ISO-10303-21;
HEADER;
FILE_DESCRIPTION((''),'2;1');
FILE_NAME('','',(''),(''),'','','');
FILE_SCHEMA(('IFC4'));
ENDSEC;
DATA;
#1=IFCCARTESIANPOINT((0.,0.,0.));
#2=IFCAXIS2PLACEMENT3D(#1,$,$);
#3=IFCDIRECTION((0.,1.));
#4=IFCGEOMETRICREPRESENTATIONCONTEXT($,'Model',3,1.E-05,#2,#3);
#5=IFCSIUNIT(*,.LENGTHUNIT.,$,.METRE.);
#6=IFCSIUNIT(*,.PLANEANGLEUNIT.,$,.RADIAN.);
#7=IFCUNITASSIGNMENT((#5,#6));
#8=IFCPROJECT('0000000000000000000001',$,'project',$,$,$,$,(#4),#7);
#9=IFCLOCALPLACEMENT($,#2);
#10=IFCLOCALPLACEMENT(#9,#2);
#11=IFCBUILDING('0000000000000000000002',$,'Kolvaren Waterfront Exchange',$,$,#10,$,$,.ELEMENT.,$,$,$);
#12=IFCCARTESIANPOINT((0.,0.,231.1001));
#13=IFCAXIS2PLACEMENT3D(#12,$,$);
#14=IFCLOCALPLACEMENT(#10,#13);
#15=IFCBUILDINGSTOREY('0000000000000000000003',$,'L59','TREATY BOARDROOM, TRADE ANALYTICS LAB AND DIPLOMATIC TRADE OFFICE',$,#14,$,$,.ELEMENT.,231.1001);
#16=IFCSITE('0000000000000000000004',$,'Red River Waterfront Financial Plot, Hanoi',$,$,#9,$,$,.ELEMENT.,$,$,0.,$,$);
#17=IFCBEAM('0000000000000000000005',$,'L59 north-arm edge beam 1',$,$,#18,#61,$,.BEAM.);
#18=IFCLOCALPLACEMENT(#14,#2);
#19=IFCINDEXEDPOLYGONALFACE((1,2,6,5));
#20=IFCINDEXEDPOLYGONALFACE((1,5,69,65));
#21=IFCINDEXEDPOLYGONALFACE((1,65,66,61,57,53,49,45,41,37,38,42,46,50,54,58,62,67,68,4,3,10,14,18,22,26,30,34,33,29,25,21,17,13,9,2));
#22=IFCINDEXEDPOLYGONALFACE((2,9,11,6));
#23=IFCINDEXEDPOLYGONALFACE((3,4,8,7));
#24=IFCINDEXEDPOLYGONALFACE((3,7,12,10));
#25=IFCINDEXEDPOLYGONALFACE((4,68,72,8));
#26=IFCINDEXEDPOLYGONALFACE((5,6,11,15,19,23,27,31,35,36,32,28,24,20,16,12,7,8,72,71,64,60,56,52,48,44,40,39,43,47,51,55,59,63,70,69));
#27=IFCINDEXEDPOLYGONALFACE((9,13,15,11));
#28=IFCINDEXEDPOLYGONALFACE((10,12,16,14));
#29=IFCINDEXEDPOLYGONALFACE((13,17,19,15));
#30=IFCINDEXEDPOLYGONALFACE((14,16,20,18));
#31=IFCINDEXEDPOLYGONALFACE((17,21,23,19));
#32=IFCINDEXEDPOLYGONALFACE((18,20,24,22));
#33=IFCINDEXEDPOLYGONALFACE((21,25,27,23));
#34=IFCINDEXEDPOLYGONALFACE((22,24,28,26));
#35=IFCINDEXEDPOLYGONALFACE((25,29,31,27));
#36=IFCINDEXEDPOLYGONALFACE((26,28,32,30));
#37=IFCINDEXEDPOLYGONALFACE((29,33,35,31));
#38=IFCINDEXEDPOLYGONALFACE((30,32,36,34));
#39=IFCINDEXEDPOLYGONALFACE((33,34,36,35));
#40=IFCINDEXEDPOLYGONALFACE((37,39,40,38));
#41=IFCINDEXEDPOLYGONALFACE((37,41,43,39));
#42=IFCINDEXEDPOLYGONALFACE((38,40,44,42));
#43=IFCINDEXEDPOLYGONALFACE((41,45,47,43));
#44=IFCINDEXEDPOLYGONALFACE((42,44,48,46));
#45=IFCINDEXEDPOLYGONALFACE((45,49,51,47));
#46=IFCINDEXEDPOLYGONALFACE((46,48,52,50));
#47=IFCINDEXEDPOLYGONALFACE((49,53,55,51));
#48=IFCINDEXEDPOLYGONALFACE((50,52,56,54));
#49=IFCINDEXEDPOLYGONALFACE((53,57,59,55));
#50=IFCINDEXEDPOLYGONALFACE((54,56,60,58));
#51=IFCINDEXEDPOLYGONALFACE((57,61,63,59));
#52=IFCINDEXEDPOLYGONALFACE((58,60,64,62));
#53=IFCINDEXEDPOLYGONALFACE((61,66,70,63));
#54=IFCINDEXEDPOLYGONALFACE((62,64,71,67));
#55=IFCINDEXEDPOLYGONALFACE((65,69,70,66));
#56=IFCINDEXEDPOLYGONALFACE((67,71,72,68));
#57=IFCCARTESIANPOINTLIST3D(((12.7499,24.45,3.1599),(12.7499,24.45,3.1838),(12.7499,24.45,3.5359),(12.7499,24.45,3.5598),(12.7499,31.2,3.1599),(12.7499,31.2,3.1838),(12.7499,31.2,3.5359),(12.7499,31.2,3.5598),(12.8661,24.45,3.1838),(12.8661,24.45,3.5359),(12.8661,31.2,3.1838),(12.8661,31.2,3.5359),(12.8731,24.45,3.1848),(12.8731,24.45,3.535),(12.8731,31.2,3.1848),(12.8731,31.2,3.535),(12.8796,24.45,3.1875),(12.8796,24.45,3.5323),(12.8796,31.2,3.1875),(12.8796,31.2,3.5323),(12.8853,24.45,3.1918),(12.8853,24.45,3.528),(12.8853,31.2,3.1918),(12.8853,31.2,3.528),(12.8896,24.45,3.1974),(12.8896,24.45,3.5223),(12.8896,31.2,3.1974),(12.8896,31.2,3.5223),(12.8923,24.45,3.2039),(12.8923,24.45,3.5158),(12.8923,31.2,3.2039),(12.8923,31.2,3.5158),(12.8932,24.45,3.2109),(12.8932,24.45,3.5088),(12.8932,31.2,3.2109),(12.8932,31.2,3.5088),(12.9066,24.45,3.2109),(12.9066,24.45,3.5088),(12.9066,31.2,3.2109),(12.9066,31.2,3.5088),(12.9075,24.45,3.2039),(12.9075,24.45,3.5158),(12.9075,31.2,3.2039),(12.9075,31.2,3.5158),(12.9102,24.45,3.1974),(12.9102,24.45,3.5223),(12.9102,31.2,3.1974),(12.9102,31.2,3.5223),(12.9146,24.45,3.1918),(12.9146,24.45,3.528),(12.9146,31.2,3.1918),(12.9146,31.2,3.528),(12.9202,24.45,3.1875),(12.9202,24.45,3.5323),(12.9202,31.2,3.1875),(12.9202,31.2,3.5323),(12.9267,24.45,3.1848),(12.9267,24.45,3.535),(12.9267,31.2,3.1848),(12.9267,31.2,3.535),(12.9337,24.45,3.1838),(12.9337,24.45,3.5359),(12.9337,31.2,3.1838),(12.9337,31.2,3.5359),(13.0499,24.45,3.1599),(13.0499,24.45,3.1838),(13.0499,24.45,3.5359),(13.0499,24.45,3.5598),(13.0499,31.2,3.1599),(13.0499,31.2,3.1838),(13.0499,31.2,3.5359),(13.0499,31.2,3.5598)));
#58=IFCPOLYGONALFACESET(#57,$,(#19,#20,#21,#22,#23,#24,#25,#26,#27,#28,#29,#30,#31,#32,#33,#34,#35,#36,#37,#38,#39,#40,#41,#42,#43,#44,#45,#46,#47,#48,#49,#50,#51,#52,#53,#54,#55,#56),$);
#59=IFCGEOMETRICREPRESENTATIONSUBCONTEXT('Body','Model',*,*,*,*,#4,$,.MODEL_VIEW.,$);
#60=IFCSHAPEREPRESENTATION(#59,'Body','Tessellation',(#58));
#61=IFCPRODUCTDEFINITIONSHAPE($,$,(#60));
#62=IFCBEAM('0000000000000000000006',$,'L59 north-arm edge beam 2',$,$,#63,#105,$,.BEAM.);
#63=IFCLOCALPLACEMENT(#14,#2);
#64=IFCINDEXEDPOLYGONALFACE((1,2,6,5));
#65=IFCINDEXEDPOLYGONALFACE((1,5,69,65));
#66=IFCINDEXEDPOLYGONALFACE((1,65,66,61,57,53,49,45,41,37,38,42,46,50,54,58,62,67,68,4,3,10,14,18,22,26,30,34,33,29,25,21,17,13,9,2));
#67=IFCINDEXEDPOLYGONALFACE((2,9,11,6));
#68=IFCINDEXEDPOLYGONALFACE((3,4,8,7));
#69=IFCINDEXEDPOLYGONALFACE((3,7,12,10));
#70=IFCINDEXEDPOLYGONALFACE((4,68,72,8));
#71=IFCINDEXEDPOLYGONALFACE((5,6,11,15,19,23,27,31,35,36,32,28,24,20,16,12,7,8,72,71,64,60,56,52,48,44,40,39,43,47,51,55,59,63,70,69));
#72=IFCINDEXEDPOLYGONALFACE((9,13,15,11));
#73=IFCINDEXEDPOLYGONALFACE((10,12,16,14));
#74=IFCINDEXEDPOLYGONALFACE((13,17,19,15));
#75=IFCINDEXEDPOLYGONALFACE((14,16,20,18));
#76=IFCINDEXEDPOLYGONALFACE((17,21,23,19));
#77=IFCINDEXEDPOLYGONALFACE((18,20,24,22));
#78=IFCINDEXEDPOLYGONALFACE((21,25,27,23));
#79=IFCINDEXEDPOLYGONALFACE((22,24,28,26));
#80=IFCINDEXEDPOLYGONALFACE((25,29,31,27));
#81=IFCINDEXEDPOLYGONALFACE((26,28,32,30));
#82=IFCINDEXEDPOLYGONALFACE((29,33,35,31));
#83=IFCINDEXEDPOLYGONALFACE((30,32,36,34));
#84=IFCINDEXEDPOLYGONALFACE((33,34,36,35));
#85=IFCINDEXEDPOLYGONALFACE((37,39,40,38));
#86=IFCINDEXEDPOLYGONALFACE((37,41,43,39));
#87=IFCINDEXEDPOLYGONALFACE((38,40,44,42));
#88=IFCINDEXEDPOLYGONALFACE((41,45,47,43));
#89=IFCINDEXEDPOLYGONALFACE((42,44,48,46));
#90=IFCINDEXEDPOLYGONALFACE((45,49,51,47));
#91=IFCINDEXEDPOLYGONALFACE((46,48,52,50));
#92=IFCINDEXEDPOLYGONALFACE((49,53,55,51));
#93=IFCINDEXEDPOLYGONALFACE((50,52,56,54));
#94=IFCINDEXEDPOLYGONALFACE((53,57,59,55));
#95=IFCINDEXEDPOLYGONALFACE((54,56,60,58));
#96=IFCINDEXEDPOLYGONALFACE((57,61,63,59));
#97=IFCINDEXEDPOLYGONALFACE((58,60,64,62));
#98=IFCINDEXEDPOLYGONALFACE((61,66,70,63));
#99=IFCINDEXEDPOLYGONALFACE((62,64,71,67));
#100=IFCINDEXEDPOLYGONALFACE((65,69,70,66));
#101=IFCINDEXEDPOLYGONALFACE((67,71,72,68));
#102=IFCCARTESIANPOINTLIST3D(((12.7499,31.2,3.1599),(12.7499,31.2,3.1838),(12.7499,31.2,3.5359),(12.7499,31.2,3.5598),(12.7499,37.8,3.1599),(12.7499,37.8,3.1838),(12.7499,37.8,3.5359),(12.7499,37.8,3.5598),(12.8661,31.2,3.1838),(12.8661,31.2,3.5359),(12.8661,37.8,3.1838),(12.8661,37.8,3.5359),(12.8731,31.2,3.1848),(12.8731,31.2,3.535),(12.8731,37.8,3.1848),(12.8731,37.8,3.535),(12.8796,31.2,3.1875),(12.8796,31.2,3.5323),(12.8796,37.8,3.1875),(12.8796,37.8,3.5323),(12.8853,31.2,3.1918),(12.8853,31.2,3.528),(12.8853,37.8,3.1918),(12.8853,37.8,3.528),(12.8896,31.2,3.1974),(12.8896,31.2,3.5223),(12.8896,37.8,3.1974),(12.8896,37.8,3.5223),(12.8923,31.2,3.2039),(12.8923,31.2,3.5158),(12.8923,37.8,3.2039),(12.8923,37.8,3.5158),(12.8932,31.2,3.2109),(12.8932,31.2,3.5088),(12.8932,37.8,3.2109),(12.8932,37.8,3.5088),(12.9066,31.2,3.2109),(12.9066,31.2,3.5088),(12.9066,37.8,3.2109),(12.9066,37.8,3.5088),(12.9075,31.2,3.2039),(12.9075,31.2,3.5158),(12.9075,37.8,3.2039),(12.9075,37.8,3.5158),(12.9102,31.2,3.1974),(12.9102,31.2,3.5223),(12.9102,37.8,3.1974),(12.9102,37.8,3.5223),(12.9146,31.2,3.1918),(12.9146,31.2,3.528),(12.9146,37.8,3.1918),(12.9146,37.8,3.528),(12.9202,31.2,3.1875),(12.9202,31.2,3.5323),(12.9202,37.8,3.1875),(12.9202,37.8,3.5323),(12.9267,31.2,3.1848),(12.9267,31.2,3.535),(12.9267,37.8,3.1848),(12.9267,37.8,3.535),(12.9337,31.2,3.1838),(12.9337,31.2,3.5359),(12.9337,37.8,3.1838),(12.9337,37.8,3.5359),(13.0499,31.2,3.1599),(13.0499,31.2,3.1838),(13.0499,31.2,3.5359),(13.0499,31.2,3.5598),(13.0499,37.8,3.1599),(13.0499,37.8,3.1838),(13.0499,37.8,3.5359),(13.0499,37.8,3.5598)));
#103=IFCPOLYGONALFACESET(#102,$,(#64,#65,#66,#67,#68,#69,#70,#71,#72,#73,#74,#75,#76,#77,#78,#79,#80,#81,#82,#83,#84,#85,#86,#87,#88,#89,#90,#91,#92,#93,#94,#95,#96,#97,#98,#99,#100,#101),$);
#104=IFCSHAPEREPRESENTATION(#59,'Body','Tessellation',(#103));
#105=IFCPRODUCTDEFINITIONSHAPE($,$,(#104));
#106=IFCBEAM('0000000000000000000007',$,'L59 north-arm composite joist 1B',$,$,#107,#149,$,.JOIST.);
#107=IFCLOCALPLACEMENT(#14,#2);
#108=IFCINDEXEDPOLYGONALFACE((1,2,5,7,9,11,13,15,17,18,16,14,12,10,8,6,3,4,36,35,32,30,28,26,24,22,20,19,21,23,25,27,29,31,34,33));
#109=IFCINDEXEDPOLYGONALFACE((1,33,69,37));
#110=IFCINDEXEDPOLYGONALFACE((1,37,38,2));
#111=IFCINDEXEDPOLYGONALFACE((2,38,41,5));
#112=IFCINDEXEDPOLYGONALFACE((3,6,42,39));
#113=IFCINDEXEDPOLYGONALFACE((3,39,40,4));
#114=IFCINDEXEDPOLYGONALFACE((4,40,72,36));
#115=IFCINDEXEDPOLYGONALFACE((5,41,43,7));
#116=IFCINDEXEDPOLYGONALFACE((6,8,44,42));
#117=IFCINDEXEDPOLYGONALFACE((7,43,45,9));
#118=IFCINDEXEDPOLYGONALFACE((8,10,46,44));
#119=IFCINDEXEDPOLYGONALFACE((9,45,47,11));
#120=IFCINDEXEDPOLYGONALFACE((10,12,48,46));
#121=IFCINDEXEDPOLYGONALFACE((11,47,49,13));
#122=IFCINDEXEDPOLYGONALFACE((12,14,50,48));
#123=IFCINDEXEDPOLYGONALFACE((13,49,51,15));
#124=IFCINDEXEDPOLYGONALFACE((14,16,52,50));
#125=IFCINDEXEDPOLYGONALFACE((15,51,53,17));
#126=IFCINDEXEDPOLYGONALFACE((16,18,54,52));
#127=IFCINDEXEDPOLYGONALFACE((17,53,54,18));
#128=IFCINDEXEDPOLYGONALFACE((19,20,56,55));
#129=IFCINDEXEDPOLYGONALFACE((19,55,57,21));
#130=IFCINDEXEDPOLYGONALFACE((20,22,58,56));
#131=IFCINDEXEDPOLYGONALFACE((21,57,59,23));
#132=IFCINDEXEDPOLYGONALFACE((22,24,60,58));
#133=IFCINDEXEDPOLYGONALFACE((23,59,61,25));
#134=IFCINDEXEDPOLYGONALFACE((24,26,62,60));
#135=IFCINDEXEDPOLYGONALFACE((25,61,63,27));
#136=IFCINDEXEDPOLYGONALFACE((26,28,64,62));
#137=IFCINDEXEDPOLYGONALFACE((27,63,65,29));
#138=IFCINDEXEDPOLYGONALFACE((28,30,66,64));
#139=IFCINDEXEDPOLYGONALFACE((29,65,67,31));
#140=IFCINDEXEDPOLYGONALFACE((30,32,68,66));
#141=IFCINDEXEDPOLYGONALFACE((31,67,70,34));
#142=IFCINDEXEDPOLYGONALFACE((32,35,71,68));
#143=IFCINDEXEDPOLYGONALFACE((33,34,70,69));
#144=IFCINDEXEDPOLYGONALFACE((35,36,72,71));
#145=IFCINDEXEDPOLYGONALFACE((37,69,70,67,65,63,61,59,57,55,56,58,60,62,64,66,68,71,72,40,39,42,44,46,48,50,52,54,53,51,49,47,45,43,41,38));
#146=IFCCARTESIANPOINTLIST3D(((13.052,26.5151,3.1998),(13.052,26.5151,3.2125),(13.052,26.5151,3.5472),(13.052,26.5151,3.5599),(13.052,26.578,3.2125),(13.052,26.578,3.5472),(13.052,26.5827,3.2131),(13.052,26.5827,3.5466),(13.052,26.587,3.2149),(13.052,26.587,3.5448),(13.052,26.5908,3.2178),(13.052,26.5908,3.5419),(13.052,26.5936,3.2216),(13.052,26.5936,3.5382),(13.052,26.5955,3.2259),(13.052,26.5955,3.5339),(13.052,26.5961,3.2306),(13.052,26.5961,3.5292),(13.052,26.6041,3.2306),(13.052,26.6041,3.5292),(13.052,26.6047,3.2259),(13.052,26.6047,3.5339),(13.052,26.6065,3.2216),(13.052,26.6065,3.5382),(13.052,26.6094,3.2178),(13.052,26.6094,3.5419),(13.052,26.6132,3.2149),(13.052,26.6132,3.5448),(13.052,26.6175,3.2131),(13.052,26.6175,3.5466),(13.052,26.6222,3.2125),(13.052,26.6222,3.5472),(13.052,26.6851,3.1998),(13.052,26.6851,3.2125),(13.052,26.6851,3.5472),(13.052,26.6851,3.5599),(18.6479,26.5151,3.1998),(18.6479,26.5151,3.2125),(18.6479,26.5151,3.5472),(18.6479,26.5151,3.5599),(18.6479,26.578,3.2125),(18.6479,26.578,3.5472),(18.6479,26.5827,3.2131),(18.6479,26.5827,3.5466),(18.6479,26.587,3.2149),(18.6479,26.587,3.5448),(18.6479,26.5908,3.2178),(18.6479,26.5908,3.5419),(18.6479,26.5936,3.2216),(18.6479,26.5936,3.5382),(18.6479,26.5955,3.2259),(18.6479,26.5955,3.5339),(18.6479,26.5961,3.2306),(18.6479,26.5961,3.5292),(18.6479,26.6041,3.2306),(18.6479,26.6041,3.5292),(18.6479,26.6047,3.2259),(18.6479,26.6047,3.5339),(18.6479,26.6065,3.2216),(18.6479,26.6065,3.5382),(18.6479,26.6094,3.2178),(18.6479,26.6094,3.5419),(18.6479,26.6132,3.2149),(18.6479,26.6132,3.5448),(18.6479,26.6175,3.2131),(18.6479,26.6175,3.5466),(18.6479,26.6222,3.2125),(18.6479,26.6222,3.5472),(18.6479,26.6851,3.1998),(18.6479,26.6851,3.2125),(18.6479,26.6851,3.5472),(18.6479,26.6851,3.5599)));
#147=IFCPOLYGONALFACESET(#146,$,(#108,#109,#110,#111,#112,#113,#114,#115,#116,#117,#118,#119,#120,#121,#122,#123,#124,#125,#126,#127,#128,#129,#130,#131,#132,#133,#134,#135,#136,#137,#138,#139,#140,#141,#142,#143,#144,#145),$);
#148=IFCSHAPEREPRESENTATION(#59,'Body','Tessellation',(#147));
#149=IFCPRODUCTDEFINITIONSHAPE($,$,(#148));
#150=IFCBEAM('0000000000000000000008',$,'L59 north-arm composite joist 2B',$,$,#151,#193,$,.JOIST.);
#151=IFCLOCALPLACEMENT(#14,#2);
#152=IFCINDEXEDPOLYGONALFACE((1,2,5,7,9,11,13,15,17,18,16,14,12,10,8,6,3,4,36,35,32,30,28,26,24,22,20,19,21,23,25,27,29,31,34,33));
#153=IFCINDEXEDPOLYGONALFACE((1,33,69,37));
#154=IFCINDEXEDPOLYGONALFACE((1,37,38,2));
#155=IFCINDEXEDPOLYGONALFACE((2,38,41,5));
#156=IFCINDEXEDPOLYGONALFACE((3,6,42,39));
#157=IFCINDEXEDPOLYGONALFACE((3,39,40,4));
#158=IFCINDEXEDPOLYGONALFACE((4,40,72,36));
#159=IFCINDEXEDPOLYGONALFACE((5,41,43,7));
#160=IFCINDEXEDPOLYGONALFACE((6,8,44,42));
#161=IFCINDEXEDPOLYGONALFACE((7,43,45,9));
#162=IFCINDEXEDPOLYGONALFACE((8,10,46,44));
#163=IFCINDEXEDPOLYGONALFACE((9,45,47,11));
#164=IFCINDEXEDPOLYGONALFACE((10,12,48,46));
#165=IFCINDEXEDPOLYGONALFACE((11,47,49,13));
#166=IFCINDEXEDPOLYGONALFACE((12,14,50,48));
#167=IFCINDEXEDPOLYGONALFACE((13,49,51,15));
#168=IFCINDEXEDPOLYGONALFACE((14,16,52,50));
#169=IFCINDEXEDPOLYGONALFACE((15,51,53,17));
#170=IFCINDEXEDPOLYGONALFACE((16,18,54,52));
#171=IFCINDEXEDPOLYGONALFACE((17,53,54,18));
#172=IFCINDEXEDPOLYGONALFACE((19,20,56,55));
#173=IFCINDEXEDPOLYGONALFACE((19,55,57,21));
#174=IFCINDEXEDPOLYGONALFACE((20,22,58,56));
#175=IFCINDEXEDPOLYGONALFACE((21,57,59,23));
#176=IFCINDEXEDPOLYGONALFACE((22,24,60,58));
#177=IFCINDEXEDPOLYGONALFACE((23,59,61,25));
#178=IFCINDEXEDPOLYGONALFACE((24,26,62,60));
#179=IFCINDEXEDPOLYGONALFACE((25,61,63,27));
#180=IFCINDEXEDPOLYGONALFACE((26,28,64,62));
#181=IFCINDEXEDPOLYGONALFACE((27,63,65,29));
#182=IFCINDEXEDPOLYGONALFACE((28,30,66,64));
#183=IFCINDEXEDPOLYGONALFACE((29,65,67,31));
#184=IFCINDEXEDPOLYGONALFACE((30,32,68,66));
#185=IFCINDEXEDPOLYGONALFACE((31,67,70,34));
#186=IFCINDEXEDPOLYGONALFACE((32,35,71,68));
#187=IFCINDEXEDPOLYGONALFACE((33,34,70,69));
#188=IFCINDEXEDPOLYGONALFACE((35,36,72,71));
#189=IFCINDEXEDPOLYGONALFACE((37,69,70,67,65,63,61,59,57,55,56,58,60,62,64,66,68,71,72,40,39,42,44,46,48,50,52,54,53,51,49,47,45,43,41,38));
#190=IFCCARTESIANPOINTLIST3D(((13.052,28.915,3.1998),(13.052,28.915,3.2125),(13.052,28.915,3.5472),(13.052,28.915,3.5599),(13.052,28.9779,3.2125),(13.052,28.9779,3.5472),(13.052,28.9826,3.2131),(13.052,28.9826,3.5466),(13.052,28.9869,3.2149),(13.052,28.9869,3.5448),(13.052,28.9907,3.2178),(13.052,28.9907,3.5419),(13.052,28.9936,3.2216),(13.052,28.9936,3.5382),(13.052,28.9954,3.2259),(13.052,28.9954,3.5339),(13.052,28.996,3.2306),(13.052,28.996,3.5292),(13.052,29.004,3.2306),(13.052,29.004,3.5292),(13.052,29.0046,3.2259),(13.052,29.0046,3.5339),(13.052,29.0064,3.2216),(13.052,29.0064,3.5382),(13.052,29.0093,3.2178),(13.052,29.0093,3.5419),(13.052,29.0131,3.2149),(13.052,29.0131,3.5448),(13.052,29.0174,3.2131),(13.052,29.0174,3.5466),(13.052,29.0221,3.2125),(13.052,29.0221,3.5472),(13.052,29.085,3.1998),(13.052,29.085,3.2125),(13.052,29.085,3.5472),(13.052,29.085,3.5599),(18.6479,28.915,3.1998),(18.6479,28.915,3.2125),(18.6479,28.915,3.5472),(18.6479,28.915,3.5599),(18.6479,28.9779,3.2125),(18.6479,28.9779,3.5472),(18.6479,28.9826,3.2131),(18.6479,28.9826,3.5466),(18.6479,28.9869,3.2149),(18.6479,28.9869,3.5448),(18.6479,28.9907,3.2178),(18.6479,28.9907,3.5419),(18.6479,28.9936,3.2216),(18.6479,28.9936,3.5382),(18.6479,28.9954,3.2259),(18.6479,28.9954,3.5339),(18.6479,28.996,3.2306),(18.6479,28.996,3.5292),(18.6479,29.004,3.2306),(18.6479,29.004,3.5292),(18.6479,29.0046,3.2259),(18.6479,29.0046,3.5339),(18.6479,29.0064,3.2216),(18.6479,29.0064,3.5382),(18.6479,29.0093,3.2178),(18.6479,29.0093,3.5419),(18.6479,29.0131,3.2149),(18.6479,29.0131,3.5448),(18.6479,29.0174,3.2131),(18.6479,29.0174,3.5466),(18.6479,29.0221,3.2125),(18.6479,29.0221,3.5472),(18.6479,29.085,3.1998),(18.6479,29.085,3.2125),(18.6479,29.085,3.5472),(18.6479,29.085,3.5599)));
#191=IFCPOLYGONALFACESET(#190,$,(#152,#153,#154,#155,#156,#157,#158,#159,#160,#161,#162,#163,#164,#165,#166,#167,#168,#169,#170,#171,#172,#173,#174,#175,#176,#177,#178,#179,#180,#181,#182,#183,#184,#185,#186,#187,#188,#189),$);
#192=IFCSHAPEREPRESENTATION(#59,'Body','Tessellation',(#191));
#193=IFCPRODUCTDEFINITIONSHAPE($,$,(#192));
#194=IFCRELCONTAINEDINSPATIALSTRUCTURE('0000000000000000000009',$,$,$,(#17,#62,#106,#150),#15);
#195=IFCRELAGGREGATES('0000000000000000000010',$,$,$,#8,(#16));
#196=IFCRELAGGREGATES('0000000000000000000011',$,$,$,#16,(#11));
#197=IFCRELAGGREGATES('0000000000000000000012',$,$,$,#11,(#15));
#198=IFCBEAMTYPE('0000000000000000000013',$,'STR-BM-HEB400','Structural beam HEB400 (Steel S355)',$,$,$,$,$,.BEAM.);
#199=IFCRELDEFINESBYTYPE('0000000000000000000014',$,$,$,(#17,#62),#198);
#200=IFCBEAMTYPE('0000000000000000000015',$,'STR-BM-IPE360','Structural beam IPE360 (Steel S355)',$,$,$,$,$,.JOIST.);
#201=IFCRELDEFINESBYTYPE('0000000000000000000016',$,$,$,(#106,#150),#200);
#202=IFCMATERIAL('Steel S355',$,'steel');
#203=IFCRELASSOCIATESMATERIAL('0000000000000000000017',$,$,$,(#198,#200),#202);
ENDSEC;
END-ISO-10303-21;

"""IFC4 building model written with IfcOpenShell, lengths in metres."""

from ifc_helpers import new_model, si_unit, direction, frame, origin, origin_2d, place, context, subcontext, project, spatial, i_section, extrude, material, material_profile, profile_set, type_object, element, save


model = new_model("IFC4")

# Units and contexts
model_context = context("Model", 3, precision=1e-05, world=origin(), true_north=direction((0.0, 1.0)))
body_context = subcontext(model_context, "Body", "Model", "MODEL_VIEW")
ifc_project = project(units=[si_unit("LENGTHUNIT", "METRE"), si_unit("PLANEANGLEUNIT", "RADIAN")], contexts=[model_context])

# Site, building, storey
site_placement = place(None, origin())
site = spatial("IfcSite", under=ifc_project, at=site_placement, Name="Red River Waterfront Financial Plot, Hanoi", CompositionType="ELEMENT", RefElevation=0.0)
building_placement = place(site_placement, origin())
building = spatial("IfcBuilding", under=site, at=building_placement, Name="Kolvaren Waterfront Exchange", CompositionType="ELEMENT")
storey_placement = place(building_placement, frame((0.0, 0.0, 231.1001)))
storey = spatial("IfcBuildingStorey", under=building, at=storey_placement, Name="L59", Description="TREATY BOARDROOM, TRADE ANALYTICS LAB AND DIPLOMATIC TRADE OFFICE", CompositionType="ELEMENT", Elevation=231.1001)

# Beams
ifc_material_1 = material(Name="Steel S355", Category="steel")
ifc_material_profile_1 = material_profile(ifc_material_1, i_section(OverallWidth=0.3, OverallDepth=0.3999, WebThickness=0.0134, FlangeThickness=0.0239, FilletRadius=0.0271, at=origin_2d()), Name="HEB400")
ifc_profile_set_1 = profile_set([ifc_material_profile_1], Name="Steel S355")
beam_type_1 = type_object("IfcBeamType", Name="STR-BM-HEB400", Description="Structural beam HEB400 (Steel S355)", PredefinedType="BEAM", material=ifc_profile_set_1)
beam_1_placement = place(storey_placement, frame((12.8999, 24.45, 3.3599), z_axis=(0.0, 1.0, 0.0), x_axis=(-1.0, 0.0, 0.0)))
element("IfcBeam", 1, at=beam_1_placement, inside=storey, type_object=beam_type_1, Name="L59 north-arm edge beam 1", PredefinedType="BEAM", context=body_context, shape_type="SweptSolid", body=[
    extrude(i_section(OverallWidth=0.3, OverallDepth=0.3999, WebThickness=0.0134, FlangeThickness=0.0239, FilletRadius=0.0271, at=origin_2d()), origin(), (0.0, 0.0, 1.0), 6.75),
])
beam_2_placement = place(storey_placement, frame((12.8999, 31.2, 3.3599), z_axis=(0.0, 1.0, 0.0), x_axis=(-1.0, 0.0, 0.0)))
element("IfcBeam", 2, at=beam_2_placement, inside=storey, type_object=beam_type_1, Name="L59 north-arm edge beam 2", PredefinedType="BEAM", context=body_context, shape_type="SweptSolid", body=[
    extrude(i_section(OverallWidth=0.3, OverallDepth=0.3999, WebThickness=0.0134, FlangeThickness=0.0239, FilletRadius=0.0271, at=origin_2d()), origin(), (0.0, 0.0, 1.0), 6.6001),
])
ifc_material_profile_2 = material_profile(ifc_material_1, i_section(OverallWidth=0.1699, OverallDepth=0.3601, WebThickness=0.0081, FlangeThickness=0.0127, FilletRadius=0.0181, at=origin_2d()), Name="IPE360")
ifc_profile_set_2 = profile_set([ifc_material_profile_2], Name="Steel S355")
beam_type_2 = type_object("IfcBeamType", Name="STR-BM-IPE360", Description="Structural beam IPE360 (Steel S355)", PredefinedType="JOIST", material=ifc_profile_set_2)
for number, where, z_axis, x_axis, name in (
    (3, (13.052, 26.6001, 3.3799), (1.0, 0.0, 0.0), (0.0, 1.0, 0.0), "L59 north-arm composite joist 1B"),
    (4, (13.052, 29.0, 3.3799), (1.0, 0.0, 0.0), (0.0, 1.0, 0.0), "L59 north-arm composite joist 2B"),
):
    element("IfcBeam", number, at=place(storey_placement, frame(where, z_axis=z_axis, x_axis=x_axis)), inside=storey, type_object=beam_type_2, Name=name, PredefinedType="JOIST", context=body_context, shape_type="SweptSolid", body=[
        extrude(i_section(OverallWidth=0.1699, OverallDepth=0.3601, WebThickness=0.0081, FlangeThickness=0.0127, FilletRadius=0.0181, at=origin_2d()), origin(), (0.0, 0.0, 1.0), 5.5959),
    ])

save(model, "model.ifc")
